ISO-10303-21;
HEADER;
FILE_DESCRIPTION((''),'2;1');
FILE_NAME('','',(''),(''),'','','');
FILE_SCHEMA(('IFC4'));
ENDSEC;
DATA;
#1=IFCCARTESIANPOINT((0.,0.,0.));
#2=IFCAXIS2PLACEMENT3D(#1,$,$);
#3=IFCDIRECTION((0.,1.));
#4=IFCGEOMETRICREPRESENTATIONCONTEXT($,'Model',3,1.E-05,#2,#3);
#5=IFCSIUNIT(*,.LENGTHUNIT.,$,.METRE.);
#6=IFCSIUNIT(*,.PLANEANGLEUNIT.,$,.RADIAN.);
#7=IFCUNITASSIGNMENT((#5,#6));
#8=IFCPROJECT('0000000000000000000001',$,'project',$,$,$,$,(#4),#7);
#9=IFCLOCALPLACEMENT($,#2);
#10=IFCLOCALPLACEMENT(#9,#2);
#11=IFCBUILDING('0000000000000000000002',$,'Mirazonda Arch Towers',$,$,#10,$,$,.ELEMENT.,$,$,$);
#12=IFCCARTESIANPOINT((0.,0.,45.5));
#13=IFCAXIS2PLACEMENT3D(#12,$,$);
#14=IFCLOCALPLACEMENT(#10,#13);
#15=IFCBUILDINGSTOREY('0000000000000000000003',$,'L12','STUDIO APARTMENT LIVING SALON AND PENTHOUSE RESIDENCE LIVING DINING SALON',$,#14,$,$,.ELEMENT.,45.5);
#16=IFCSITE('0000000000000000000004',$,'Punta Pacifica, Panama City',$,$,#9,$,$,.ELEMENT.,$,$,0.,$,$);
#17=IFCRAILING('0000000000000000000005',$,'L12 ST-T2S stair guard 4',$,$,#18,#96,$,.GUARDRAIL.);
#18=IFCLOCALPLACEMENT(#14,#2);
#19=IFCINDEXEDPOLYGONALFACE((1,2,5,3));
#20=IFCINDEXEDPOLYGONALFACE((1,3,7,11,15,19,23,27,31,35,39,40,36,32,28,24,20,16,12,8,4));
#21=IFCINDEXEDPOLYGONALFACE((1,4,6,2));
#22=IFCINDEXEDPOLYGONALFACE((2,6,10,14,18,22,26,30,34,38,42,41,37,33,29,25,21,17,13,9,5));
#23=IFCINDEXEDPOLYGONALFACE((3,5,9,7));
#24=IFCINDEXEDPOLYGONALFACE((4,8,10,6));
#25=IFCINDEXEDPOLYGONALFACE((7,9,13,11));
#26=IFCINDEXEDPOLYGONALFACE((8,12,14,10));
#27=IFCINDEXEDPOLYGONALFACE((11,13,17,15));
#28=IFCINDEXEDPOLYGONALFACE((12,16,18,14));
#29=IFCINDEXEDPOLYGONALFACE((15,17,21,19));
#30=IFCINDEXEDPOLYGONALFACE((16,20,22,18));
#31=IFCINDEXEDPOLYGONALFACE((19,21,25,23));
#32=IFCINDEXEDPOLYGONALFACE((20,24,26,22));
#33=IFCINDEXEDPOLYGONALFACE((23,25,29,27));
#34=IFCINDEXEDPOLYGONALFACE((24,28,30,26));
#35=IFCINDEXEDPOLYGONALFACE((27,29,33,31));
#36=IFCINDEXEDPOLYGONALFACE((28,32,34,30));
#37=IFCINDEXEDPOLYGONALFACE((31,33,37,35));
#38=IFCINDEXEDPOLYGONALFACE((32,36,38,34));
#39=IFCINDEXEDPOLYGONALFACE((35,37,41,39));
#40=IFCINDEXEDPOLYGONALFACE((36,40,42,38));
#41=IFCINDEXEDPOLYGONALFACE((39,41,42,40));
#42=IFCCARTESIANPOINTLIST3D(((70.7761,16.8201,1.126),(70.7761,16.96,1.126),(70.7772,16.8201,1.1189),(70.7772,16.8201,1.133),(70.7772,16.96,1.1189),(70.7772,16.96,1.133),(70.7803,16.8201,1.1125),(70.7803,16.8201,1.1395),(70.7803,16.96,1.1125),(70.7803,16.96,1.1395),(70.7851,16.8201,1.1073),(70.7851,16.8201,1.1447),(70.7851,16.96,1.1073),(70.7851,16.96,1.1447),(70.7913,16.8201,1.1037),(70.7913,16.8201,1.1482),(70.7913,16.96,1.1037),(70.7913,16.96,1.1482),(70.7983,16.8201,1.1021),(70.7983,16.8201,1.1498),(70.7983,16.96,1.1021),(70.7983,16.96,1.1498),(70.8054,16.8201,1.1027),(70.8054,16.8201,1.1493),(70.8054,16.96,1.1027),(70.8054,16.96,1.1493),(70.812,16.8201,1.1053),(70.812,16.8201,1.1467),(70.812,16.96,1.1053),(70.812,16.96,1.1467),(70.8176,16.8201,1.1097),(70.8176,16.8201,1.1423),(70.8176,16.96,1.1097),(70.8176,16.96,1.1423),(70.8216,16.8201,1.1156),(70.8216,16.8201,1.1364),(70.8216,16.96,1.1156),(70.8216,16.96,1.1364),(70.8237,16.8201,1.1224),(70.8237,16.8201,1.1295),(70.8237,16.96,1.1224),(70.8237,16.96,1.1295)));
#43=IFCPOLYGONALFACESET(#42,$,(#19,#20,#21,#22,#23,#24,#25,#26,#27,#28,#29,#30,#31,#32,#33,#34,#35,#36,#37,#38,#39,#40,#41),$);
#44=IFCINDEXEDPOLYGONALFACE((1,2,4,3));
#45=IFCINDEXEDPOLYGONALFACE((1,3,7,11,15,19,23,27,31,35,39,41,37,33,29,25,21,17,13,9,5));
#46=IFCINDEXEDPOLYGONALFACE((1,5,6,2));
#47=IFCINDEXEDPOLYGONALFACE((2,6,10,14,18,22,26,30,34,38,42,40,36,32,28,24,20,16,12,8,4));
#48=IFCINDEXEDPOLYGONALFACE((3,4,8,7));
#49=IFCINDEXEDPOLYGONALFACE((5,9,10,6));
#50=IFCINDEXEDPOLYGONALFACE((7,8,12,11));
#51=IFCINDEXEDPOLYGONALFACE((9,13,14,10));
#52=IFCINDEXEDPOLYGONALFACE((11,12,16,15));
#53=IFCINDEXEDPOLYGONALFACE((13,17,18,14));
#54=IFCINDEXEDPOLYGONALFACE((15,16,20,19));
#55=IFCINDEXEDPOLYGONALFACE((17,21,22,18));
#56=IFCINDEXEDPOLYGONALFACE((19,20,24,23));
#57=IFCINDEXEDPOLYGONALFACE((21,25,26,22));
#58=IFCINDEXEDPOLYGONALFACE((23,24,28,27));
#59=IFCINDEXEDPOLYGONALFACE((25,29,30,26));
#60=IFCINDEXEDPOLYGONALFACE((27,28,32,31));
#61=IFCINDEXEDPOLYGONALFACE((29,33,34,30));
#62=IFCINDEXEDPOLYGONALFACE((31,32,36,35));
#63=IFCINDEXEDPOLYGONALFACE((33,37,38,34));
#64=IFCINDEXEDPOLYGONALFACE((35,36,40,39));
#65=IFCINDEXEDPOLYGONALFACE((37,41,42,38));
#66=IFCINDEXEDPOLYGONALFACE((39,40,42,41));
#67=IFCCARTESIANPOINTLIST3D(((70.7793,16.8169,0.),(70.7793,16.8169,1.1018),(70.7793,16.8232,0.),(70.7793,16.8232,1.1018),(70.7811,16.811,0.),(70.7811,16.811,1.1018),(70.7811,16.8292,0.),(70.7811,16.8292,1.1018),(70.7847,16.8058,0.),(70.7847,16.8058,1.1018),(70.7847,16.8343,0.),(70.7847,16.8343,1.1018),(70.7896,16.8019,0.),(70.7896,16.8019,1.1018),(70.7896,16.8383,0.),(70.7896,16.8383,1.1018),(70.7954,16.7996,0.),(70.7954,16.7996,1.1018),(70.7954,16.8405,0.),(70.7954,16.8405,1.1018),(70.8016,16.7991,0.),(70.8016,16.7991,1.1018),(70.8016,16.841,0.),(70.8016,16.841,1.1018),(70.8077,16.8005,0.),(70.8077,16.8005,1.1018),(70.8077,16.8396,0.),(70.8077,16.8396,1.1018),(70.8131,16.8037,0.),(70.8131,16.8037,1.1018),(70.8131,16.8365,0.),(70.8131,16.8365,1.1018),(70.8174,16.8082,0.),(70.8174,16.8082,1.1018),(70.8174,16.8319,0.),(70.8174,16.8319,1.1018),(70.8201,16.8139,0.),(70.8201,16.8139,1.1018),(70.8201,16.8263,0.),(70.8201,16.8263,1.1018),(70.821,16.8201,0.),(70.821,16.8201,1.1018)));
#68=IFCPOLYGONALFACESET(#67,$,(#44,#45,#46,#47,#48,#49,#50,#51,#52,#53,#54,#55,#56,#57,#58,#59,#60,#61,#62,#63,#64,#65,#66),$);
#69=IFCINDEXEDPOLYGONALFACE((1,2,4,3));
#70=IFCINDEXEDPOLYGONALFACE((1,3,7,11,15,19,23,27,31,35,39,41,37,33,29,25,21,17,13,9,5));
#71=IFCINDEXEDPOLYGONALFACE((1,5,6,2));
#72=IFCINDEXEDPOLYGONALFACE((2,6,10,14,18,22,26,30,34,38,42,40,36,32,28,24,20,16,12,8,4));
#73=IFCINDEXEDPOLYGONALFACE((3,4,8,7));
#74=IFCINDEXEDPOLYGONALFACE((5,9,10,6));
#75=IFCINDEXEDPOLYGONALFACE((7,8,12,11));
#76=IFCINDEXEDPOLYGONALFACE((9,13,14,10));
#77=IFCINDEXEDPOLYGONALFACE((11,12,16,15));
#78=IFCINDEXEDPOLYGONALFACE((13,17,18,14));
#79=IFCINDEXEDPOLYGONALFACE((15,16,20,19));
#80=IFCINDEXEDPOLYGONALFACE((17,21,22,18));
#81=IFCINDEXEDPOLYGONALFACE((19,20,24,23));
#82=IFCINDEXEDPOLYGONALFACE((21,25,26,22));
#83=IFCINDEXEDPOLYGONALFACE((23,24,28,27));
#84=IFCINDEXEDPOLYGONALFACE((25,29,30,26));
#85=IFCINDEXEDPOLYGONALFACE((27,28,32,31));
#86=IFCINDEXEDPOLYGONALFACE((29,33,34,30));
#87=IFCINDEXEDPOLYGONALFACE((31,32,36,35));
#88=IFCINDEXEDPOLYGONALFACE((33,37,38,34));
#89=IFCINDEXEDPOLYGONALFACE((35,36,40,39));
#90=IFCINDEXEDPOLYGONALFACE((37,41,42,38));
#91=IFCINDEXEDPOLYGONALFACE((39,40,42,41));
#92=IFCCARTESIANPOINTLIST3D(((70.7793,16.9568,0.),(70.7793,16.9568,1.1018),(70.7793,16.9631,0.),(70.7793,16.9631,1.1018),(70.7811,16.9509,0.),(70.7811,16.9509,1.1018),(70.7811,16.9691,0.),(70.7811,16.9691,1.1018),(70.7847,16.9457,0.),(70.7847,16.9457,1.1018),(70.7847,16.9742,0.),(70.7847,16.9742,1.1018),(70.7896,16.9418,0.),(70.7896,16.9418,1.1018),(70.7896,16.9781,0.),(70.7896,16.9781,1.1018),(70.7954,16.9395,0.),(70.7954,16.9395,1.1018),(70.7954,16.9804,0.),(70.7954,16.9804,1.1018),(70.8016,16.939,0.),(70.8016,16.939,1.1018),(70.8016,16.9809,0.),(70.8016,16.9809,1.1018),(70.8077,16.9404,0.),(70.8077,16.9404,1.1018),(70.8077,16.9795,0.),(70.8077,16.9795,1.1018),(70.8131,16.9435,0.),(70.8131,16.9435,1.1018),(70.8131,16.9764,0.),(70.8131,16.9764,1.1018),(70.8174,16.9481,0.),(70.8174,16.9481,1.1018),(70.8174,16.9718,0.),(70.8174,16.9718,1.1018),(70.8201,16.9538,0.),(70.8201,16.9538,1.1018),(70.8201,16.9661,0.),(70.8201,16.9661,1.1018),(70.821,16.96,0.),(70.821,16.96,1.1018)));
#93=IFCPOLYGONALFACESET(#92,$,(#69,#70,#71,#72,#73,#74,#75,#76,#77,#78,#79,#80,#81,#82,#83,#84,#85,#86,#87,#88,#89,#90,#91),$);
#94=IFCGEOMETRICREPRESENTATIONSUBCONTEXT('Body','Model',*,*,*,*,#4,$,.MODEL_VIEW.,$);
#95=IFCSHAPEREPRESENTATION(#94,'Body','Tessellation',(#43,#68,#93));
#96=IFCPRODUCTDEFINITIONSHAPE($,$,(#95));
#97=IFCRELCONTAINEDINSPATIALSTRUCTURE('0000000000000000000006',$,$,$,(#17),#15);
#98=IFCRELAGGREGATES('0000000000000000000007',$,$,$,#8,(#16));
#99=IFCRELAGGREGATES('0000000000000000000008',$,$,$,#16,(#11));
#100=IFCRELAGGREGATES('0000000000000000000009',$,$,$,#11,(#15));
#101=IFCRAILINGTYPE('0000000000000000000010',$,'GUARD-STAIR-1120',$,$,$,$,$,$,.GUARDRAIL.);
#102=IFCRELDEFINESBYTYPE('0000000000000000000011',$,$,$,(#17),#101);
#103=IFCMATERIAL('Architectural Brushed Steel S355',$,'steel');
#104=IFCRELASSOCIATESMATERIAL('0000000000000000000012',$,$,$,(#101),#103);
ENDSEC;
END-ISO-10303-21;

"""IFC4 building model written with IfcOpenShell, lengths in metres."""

from ifc_helpers import new_model, si_unit, direction, frame, origin, origin_2d, place, context, subcontext, project, spatial, circle, extrude, material, type_object, element, save


model = new_model("IFC4")

# Units and contexts
model_context = context("Model", 3, precision=1e-05, world=origin(), true_north=direction((0.0, 1.0)))
body_context = subcontext(model_context, "Body", "Model", "MODEL_VIEW")
ifc_project = project(units=[si_unit("LENGTHUNIT", "METRE"), si_unit("PLANEANGLEUNIT", "RADIAN")], contexts=[model_context])

# Site, building, storey
site_placement = place(None, origin())
site = spatial("IfcSite", under=ifc_project, at=site_placement, Name="Punta Pacifica, Panama City", CompositionType="ELEMENT", RefElevation=0.0)
building_placement = place(site_placement, origin())
building = spatial("IfcBuilding", under=site, at=building_placement, Name="Mirazonda Arch Towers", CompositionType="ELEMENT")
storey_placement = place(building_placement, frame((0.0, 0.0, 45.5)))
storey = spatial("IfcBuildingStorey", under=building, at=storey_placement, Name="L12", Description="STUDIO APARTMENT LIVING SALON AND PENTHOUSE RESIDENCE LIVING DINING SALON", CompositionType="ELEMENT", Elevation=45.5)

# Railing
ifc_material_1 = material(Name="Architectural Brushed Steel S355", Category="steel")
railing_type_1 = type_object("IfcRailingType", Name="GUARD-STAIR-1120", PredefinedType="GUARDRAIL", material=ifc_material_1)
railing_1_placement = place(storey_placement, frame((70.8, 16.8201, 0.0)))
element("IfcRailing", 1, at=railing_1_placement, inside=storey, type_object=railing_type_1, Name="L12 ST-T2S stair guard 4", PredefinedType="GUARDRAIL", context=body_context, shape_type="SweptSolid", body=[
    extrude(circle(Radius=0.0239, at=origin_2d()), frame((0.0, 0.0, 1.126), z_axis=(0.0, 1.0, 0.0), x_axis=(-1.0, 0.0, 0.0)), (0.0, 0.0, 1.0), 0.1399),
    extrude(circle(Radius=0.021, at=origin_2d()), origin(), (0.0, 0.0, 1.0), 1.1018),
    extrude(circle(Radius=0.021, at=origin_2d()), frame((0.0, 0.1399, 0.0)), (0.0, 0.0, 1.0), 1.1018),
])

save(model, "model.ifc")
